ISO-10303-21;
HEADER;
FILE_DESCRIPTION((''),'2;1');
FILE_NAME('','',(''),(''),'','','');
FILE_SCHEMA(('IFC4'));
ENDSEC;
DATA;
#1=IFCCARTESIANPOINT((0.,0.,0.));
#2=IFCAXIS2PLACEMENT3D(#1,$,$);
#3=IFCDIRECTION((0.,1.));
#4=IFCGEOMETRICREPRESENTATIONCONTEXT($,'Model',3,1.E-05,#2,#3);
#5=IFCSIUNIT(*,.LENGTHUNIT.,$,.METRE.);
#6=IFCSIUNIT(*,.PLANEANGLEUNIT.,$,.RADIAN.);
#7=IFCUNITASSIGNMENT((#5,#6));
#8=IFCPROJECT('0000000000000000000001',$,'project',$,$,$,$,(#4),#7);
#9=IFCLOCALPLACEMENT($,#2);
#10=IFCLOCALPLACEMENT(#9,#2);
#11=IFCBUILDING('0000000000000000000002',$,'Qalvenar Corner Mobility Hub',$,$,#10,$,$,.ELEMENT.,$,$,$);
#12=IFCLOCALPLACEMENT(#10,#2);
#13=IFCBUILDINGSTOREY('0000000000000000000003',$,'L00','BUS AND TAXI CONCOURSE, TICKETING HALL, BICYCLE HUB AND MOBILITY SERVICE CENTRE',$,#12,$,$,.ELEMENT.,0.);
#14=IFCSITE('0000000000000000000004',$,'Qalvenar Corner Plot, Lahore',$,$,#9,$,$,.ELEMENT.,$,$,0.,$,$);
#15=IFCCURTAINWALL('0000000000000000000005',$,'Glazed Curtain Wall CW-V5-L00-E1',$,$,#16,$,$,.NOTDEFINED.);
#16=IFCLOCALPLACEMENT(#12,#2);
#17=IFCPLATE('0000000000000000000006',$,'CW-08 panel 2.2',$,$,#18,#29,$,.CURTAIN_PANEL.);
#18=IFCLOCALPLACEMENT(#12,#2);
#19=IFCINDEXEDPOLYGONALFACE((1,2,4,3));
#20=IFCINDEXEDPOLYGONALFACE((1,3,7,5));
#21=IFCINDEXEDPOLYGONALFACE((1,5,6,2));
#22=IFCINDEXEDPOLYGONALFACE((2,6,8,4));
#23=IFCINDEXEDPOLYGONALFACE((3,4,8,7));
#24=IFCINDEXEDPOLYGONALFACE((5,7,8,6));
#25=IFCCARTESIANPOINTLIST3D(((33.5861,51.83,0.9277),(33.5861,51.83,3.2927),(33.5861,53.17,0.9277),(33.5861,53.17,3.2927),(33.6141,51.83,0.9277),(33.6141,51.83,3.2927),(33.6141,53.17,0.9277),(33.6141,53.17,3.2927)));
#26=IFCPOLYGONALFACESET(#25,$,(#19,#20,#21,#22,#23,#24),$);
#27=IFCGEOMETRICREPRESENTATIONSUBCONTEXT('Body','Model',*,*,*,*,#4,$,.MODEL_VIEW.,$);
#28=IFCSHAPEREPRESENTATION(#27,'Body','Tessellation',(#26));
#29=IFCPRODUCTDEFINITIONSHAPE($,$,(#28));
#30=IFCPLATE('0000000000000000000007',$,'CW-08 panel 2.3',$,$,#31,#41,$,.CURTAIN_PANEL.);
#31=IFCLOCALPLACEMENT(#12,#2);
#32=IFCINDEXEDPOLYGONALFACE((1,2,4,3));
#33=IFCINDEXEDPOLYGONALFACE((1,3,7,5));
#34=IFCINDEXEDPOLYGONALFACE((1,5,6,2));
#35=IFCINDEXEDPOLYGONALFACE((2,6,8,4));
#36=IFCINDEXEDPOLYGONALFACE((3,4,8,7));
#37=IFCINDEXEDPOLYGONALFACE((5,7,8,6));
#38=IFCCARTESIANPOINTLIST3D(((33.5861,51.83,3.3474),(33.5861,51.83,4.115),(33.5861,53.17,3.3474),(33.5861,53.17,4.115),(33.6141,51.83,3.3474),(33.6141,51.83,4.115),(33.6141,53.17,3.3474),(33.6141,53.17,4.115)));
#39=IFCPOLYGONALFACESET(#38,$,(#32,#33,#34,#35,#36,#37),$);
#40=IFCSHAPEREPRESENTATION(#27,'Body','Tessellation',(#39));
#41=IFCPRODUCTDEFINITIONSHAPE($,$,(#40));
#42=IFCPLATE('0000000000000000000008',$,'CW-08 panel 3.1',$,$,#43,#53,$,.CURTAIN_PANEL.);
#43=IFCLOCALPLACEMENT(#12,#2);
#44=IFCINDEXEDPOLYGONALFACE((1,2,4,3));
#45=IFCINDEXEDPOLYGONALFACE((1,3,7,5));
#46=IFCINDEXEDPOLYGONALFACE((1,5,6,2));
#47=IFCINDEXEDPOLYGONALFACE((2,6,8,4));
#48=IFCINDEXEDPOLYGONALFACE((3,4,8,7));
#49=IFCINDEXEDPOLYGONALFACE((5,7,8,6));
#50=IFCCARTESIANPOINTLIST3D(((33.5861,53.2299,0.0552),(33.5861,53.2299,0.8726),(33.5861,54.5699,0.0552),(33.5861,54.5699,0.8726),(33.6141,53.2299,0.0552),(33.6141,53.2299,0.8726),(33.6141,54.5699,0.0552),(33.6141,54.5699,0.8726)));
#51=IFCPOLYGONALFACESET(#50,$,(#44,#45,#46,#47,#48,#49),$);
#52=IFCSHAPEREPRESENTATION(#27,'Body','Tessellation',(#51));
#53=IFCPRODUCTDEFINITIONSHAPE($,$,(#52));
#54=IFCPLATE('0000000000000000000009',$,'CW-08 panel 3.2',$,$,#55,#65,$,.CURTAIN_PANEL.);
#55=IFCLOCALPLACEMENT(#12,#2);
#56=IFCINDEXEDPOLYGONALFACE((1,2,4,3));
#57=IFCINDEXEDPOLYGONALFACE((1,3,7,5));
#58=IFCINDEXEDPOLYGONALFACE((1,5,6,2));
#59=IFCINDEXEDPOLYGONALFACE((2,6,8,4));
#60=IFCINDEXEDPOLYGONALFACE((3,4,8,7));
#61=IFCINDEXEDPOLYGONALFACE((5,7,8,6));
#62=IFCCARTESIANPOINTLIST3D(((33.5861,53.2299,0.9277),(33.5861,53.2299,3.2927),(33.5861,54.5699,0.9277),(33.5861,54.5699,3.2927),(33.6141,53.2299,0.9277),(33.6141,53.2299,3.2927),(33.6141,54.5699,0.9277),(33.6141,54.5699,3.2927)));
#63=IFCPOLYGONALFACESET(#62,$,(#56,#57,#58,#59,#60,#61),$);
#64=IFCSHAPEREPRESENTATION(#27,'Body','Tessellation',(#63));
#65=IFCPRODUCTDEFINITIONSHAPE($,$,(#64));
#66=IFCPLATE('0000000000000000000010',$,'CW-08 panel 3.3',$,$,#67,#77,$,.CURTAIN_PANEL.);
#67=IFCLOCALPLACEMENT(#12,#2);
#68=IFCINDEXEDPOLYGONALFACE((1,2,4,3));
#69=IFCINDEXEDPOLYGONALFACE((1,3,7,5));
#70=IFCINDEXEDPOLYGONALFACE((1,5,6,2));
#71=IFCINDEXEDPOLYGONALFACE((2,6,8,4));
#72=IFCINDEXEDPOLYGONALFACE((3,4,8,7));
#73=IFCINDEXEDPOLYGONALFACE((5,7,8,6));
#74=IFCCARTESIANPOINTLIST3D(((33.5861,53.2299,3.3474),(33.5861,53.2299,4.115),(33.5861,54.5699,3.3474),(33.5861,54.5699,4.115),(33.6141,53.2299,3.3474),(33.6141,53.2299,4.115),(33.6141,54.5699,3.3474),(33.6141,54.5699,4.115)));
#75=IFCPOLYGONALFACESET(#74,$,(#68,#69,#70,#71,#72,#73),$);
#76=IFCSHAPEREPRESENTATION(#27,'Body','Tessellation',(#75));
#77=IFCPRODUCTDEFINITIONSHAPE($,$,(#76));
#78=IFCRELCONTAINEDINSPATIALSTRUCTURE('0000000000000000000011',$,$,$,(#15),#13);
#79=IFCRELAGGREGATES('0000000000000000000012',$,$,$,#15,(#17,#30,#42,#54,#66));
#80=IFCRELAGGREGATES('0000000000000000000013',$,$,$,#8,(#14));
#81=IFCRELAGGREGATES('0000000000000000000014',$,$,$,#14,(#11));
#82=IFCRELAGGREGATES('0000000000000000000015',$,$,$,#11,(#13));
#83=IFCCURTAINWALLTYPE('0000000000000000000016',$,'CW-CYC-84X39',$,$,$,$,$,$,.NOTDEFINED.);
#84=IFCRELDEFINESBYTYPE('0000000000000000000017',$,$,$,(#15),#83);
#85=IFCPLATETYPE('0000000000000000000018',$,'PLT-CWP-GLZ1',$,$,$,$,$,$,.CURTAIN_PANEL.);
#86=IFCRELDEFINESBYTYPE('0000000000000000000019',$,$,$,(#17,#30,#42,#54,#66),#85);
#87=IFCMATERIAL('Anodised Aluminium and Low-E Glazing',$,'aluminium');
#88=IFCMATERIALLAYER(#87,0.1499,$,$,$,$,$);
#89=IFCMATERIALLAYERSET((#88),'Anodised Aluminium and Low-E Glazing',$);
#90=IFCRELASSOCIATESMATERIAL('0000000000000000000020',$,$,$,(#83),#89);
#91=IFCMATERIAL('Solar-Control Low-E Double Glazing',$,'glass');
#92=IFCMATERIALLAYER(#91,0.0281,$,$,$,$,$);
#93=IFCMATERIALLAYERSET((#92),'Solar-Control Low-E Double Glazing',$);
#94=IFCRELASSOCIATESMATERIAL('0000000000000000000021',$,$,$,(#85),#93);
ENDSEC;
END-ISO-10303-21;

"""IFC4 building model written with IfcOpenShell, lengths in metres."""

from ifc_helpers import new_model, si_unit, direction, frame, origin, origin_2d, place, context, subcontext, project, spatial, rectangle, extrude, material, layer, layer_set, type_object, element, aggregate, save


model = new_model("IFC4")

# Units and contexts
model_context = context("Model", 3, precision=1e-05, world=origin(), true_north=direction((0.0, 1.0)))
body_context = subcontext(model_context, "Body", "Model", "MODEL_VIEW")
ifc_project = project(units=[si_unit("LENGTHUNIT", "METRE"), si_unit("PLANEANGLEUNIT", "RADIAN")], contexts=[model_context])

# Site, building, storey
site_placement = place(None, origin())
site = spatial("IfcSite", under=ifc_project, at=site_placement, Name="Qalvenar Corner Plot, Lahore", CompositionType="ELEMENT", RefElevation=0.0)
building_placement = place(site_placement, origin())
building = spatial("IfcBuilding", under=site, at=building_placement, Name="Qalvenar Corner Mobility Hub", CompositionType="ELEMENT")
storey_placement = place(building_placement, origin())
storey = spatial("IfcBuildingStorey", under=building, at=storey_placement, Name="L00", Description="BUS AND TAXI CONCOURSE, TICKETING HALL, BICYCLE HUB AND MOBILITY SERVICE CENTRE", CompositionType="ELEMENT", Elevation=0.0)

# Curtain wall, plates
ifc_material_1 = material(Name="Anodised Aluminium and Low-E Glazing", Category="aluminium")
ifc_layer_1 = layer(ifc_material_1, 0.1499)
ifc_layer_set_1 = layer_set([ifc_layer_1], Name="Anodised Aluminium and Low-E Glazing")
curtain_wall_type = type_object("IfcCurtainWallType", Name="CW-CYC-84X39", PredefinedType="NOTDEFINED", material=ifc_layer_set_1)
curtain_wall_placement = place(storey_placement, origin())
curtain_wall = element("IfcCurtainWall", 1, at=curtain_wall_placement, inside=storey, type_object=curtain_wall_type, Name="Glazed Curtain Wall CW-V5-L00-E1", PredefinedType="NOTDEFINED")
ifc_material_2 = material(Name="Solar-Control Low-E Double Glazing", Category="glass")
ifc_layer_2 = layer(ifc_material_2, 0.0281)
ifc_layer_set_2 = layer_set([ifc_layer_2], Name="Solar-Control Low-E Double Glazing")
plate_type = type_object("IfcPlateType", Name="PLT-CWP-GLZ1", PredefinedType="CURTAIN_PANEL", material=ifc_layer_set_2)
plate_1_placement = place(storey_placement, frame((33.6001, 52.5, 0.9277), z_axis=(0.0, 0.0, 1.0), x_axis=(0.0, 1.0, 0.0)))
plate_1 = element("IfcPlate", 2, at=plate_1_placement, type_object=plate_type, Name="CW-08 panel 2.2", PredefinedType="CURTAIN_PANEL", context=body_context, shape_type="SweptSolid", body=[
    extrude(rectangle(XDim=1.3401, YDim=0.0281, at=origin_2d()), origin(), (0.0, 0.0, 1.0), 2.365),
])
plate_2_placement = place(storey_placement, frame((33.6001, 52.5, 3.3474), z_axis=(0.0, 0.0, 1.0), x_axis=(0.0, 1.0, 0.0)))
plate_2 = element("IfcPlate", 3, at=plate_2_placement, type_object=plate_type, Name="CW-08 panel 2.3", PredefinedType="CURTAIN_PANEL", context=body_context, shape_type="SweptSolid", body=[
    extrude(rectangle(XDim=1.3401, YDim=0.0281, at=origin_2d()), origin(), (0.0, 0.0, 1.0), 0.7676),
])
plate_3_placement = place(storey_placement, frame((33.6001, 53.8999, 0.0552), z_axis=(0.0, 0.0, 1.0), x_axis=(0.0, 1.0, 0.0)))
plate_3 = element("IfcPlate", 4, at=plate_3_placement, type_object=plate_type, Name="CW-08 panel 3.1", PredefinedType="CURTAIN_PANEL", context=body_context, shape_type="SweptSolid", body=[
    extrude(rectangle(XDim=1.3401, YDim=0.0281, at=origin_2d()), origin(), (0.0, 0.0, 1.0), 0.8174),
])
plate_4_placement = place(storey_placement, frame((33.6001, 53.8999, 0.9277), z_axis=(0.0, 0.0, 1.0), x_axis=(0.0, 1.0, 0.0)))
plate_4 = element("IfcPlate", 5, at=plate_4_placement, type_object=plate_type, Name="CW-08 panel 3.2", PredefinedType="CURTAIN_PANEL", context=body_context, shape_type="SweptSolid", body=[
    extrude(rectangle(XDim=1.3401, YDim=0.0281, at=origin_2d()), origin(), (0.0, 0.0, 1.0), 2.365),
])
plate_5_placement = place(storey_placement, frame((33.6001, 53.8999, 3.3474), z_axis=(0.0, 0.0, 1.0), x_axis=(0.0, 1.0, 0.0)))
plate_5 = element("IfcPlate", 6, at=plate_5_placement, type_object=plate_type, Name="CW-08 panel 3.3", PredefinedType="CURTAIN_PANEL", context=body_context, shape_type="SweptSolid", body=[
    extrude(rectangle(XDim=1.3401, YDim=0.0281, at=origin_2d()), origin(), (0.0, 0.0, 1.0), 0.7676),
])
aggregate(curtain_wall, [plate_1, plate_2, plate_3, plate_4, plate_5])

save(model, "model.ifc")
